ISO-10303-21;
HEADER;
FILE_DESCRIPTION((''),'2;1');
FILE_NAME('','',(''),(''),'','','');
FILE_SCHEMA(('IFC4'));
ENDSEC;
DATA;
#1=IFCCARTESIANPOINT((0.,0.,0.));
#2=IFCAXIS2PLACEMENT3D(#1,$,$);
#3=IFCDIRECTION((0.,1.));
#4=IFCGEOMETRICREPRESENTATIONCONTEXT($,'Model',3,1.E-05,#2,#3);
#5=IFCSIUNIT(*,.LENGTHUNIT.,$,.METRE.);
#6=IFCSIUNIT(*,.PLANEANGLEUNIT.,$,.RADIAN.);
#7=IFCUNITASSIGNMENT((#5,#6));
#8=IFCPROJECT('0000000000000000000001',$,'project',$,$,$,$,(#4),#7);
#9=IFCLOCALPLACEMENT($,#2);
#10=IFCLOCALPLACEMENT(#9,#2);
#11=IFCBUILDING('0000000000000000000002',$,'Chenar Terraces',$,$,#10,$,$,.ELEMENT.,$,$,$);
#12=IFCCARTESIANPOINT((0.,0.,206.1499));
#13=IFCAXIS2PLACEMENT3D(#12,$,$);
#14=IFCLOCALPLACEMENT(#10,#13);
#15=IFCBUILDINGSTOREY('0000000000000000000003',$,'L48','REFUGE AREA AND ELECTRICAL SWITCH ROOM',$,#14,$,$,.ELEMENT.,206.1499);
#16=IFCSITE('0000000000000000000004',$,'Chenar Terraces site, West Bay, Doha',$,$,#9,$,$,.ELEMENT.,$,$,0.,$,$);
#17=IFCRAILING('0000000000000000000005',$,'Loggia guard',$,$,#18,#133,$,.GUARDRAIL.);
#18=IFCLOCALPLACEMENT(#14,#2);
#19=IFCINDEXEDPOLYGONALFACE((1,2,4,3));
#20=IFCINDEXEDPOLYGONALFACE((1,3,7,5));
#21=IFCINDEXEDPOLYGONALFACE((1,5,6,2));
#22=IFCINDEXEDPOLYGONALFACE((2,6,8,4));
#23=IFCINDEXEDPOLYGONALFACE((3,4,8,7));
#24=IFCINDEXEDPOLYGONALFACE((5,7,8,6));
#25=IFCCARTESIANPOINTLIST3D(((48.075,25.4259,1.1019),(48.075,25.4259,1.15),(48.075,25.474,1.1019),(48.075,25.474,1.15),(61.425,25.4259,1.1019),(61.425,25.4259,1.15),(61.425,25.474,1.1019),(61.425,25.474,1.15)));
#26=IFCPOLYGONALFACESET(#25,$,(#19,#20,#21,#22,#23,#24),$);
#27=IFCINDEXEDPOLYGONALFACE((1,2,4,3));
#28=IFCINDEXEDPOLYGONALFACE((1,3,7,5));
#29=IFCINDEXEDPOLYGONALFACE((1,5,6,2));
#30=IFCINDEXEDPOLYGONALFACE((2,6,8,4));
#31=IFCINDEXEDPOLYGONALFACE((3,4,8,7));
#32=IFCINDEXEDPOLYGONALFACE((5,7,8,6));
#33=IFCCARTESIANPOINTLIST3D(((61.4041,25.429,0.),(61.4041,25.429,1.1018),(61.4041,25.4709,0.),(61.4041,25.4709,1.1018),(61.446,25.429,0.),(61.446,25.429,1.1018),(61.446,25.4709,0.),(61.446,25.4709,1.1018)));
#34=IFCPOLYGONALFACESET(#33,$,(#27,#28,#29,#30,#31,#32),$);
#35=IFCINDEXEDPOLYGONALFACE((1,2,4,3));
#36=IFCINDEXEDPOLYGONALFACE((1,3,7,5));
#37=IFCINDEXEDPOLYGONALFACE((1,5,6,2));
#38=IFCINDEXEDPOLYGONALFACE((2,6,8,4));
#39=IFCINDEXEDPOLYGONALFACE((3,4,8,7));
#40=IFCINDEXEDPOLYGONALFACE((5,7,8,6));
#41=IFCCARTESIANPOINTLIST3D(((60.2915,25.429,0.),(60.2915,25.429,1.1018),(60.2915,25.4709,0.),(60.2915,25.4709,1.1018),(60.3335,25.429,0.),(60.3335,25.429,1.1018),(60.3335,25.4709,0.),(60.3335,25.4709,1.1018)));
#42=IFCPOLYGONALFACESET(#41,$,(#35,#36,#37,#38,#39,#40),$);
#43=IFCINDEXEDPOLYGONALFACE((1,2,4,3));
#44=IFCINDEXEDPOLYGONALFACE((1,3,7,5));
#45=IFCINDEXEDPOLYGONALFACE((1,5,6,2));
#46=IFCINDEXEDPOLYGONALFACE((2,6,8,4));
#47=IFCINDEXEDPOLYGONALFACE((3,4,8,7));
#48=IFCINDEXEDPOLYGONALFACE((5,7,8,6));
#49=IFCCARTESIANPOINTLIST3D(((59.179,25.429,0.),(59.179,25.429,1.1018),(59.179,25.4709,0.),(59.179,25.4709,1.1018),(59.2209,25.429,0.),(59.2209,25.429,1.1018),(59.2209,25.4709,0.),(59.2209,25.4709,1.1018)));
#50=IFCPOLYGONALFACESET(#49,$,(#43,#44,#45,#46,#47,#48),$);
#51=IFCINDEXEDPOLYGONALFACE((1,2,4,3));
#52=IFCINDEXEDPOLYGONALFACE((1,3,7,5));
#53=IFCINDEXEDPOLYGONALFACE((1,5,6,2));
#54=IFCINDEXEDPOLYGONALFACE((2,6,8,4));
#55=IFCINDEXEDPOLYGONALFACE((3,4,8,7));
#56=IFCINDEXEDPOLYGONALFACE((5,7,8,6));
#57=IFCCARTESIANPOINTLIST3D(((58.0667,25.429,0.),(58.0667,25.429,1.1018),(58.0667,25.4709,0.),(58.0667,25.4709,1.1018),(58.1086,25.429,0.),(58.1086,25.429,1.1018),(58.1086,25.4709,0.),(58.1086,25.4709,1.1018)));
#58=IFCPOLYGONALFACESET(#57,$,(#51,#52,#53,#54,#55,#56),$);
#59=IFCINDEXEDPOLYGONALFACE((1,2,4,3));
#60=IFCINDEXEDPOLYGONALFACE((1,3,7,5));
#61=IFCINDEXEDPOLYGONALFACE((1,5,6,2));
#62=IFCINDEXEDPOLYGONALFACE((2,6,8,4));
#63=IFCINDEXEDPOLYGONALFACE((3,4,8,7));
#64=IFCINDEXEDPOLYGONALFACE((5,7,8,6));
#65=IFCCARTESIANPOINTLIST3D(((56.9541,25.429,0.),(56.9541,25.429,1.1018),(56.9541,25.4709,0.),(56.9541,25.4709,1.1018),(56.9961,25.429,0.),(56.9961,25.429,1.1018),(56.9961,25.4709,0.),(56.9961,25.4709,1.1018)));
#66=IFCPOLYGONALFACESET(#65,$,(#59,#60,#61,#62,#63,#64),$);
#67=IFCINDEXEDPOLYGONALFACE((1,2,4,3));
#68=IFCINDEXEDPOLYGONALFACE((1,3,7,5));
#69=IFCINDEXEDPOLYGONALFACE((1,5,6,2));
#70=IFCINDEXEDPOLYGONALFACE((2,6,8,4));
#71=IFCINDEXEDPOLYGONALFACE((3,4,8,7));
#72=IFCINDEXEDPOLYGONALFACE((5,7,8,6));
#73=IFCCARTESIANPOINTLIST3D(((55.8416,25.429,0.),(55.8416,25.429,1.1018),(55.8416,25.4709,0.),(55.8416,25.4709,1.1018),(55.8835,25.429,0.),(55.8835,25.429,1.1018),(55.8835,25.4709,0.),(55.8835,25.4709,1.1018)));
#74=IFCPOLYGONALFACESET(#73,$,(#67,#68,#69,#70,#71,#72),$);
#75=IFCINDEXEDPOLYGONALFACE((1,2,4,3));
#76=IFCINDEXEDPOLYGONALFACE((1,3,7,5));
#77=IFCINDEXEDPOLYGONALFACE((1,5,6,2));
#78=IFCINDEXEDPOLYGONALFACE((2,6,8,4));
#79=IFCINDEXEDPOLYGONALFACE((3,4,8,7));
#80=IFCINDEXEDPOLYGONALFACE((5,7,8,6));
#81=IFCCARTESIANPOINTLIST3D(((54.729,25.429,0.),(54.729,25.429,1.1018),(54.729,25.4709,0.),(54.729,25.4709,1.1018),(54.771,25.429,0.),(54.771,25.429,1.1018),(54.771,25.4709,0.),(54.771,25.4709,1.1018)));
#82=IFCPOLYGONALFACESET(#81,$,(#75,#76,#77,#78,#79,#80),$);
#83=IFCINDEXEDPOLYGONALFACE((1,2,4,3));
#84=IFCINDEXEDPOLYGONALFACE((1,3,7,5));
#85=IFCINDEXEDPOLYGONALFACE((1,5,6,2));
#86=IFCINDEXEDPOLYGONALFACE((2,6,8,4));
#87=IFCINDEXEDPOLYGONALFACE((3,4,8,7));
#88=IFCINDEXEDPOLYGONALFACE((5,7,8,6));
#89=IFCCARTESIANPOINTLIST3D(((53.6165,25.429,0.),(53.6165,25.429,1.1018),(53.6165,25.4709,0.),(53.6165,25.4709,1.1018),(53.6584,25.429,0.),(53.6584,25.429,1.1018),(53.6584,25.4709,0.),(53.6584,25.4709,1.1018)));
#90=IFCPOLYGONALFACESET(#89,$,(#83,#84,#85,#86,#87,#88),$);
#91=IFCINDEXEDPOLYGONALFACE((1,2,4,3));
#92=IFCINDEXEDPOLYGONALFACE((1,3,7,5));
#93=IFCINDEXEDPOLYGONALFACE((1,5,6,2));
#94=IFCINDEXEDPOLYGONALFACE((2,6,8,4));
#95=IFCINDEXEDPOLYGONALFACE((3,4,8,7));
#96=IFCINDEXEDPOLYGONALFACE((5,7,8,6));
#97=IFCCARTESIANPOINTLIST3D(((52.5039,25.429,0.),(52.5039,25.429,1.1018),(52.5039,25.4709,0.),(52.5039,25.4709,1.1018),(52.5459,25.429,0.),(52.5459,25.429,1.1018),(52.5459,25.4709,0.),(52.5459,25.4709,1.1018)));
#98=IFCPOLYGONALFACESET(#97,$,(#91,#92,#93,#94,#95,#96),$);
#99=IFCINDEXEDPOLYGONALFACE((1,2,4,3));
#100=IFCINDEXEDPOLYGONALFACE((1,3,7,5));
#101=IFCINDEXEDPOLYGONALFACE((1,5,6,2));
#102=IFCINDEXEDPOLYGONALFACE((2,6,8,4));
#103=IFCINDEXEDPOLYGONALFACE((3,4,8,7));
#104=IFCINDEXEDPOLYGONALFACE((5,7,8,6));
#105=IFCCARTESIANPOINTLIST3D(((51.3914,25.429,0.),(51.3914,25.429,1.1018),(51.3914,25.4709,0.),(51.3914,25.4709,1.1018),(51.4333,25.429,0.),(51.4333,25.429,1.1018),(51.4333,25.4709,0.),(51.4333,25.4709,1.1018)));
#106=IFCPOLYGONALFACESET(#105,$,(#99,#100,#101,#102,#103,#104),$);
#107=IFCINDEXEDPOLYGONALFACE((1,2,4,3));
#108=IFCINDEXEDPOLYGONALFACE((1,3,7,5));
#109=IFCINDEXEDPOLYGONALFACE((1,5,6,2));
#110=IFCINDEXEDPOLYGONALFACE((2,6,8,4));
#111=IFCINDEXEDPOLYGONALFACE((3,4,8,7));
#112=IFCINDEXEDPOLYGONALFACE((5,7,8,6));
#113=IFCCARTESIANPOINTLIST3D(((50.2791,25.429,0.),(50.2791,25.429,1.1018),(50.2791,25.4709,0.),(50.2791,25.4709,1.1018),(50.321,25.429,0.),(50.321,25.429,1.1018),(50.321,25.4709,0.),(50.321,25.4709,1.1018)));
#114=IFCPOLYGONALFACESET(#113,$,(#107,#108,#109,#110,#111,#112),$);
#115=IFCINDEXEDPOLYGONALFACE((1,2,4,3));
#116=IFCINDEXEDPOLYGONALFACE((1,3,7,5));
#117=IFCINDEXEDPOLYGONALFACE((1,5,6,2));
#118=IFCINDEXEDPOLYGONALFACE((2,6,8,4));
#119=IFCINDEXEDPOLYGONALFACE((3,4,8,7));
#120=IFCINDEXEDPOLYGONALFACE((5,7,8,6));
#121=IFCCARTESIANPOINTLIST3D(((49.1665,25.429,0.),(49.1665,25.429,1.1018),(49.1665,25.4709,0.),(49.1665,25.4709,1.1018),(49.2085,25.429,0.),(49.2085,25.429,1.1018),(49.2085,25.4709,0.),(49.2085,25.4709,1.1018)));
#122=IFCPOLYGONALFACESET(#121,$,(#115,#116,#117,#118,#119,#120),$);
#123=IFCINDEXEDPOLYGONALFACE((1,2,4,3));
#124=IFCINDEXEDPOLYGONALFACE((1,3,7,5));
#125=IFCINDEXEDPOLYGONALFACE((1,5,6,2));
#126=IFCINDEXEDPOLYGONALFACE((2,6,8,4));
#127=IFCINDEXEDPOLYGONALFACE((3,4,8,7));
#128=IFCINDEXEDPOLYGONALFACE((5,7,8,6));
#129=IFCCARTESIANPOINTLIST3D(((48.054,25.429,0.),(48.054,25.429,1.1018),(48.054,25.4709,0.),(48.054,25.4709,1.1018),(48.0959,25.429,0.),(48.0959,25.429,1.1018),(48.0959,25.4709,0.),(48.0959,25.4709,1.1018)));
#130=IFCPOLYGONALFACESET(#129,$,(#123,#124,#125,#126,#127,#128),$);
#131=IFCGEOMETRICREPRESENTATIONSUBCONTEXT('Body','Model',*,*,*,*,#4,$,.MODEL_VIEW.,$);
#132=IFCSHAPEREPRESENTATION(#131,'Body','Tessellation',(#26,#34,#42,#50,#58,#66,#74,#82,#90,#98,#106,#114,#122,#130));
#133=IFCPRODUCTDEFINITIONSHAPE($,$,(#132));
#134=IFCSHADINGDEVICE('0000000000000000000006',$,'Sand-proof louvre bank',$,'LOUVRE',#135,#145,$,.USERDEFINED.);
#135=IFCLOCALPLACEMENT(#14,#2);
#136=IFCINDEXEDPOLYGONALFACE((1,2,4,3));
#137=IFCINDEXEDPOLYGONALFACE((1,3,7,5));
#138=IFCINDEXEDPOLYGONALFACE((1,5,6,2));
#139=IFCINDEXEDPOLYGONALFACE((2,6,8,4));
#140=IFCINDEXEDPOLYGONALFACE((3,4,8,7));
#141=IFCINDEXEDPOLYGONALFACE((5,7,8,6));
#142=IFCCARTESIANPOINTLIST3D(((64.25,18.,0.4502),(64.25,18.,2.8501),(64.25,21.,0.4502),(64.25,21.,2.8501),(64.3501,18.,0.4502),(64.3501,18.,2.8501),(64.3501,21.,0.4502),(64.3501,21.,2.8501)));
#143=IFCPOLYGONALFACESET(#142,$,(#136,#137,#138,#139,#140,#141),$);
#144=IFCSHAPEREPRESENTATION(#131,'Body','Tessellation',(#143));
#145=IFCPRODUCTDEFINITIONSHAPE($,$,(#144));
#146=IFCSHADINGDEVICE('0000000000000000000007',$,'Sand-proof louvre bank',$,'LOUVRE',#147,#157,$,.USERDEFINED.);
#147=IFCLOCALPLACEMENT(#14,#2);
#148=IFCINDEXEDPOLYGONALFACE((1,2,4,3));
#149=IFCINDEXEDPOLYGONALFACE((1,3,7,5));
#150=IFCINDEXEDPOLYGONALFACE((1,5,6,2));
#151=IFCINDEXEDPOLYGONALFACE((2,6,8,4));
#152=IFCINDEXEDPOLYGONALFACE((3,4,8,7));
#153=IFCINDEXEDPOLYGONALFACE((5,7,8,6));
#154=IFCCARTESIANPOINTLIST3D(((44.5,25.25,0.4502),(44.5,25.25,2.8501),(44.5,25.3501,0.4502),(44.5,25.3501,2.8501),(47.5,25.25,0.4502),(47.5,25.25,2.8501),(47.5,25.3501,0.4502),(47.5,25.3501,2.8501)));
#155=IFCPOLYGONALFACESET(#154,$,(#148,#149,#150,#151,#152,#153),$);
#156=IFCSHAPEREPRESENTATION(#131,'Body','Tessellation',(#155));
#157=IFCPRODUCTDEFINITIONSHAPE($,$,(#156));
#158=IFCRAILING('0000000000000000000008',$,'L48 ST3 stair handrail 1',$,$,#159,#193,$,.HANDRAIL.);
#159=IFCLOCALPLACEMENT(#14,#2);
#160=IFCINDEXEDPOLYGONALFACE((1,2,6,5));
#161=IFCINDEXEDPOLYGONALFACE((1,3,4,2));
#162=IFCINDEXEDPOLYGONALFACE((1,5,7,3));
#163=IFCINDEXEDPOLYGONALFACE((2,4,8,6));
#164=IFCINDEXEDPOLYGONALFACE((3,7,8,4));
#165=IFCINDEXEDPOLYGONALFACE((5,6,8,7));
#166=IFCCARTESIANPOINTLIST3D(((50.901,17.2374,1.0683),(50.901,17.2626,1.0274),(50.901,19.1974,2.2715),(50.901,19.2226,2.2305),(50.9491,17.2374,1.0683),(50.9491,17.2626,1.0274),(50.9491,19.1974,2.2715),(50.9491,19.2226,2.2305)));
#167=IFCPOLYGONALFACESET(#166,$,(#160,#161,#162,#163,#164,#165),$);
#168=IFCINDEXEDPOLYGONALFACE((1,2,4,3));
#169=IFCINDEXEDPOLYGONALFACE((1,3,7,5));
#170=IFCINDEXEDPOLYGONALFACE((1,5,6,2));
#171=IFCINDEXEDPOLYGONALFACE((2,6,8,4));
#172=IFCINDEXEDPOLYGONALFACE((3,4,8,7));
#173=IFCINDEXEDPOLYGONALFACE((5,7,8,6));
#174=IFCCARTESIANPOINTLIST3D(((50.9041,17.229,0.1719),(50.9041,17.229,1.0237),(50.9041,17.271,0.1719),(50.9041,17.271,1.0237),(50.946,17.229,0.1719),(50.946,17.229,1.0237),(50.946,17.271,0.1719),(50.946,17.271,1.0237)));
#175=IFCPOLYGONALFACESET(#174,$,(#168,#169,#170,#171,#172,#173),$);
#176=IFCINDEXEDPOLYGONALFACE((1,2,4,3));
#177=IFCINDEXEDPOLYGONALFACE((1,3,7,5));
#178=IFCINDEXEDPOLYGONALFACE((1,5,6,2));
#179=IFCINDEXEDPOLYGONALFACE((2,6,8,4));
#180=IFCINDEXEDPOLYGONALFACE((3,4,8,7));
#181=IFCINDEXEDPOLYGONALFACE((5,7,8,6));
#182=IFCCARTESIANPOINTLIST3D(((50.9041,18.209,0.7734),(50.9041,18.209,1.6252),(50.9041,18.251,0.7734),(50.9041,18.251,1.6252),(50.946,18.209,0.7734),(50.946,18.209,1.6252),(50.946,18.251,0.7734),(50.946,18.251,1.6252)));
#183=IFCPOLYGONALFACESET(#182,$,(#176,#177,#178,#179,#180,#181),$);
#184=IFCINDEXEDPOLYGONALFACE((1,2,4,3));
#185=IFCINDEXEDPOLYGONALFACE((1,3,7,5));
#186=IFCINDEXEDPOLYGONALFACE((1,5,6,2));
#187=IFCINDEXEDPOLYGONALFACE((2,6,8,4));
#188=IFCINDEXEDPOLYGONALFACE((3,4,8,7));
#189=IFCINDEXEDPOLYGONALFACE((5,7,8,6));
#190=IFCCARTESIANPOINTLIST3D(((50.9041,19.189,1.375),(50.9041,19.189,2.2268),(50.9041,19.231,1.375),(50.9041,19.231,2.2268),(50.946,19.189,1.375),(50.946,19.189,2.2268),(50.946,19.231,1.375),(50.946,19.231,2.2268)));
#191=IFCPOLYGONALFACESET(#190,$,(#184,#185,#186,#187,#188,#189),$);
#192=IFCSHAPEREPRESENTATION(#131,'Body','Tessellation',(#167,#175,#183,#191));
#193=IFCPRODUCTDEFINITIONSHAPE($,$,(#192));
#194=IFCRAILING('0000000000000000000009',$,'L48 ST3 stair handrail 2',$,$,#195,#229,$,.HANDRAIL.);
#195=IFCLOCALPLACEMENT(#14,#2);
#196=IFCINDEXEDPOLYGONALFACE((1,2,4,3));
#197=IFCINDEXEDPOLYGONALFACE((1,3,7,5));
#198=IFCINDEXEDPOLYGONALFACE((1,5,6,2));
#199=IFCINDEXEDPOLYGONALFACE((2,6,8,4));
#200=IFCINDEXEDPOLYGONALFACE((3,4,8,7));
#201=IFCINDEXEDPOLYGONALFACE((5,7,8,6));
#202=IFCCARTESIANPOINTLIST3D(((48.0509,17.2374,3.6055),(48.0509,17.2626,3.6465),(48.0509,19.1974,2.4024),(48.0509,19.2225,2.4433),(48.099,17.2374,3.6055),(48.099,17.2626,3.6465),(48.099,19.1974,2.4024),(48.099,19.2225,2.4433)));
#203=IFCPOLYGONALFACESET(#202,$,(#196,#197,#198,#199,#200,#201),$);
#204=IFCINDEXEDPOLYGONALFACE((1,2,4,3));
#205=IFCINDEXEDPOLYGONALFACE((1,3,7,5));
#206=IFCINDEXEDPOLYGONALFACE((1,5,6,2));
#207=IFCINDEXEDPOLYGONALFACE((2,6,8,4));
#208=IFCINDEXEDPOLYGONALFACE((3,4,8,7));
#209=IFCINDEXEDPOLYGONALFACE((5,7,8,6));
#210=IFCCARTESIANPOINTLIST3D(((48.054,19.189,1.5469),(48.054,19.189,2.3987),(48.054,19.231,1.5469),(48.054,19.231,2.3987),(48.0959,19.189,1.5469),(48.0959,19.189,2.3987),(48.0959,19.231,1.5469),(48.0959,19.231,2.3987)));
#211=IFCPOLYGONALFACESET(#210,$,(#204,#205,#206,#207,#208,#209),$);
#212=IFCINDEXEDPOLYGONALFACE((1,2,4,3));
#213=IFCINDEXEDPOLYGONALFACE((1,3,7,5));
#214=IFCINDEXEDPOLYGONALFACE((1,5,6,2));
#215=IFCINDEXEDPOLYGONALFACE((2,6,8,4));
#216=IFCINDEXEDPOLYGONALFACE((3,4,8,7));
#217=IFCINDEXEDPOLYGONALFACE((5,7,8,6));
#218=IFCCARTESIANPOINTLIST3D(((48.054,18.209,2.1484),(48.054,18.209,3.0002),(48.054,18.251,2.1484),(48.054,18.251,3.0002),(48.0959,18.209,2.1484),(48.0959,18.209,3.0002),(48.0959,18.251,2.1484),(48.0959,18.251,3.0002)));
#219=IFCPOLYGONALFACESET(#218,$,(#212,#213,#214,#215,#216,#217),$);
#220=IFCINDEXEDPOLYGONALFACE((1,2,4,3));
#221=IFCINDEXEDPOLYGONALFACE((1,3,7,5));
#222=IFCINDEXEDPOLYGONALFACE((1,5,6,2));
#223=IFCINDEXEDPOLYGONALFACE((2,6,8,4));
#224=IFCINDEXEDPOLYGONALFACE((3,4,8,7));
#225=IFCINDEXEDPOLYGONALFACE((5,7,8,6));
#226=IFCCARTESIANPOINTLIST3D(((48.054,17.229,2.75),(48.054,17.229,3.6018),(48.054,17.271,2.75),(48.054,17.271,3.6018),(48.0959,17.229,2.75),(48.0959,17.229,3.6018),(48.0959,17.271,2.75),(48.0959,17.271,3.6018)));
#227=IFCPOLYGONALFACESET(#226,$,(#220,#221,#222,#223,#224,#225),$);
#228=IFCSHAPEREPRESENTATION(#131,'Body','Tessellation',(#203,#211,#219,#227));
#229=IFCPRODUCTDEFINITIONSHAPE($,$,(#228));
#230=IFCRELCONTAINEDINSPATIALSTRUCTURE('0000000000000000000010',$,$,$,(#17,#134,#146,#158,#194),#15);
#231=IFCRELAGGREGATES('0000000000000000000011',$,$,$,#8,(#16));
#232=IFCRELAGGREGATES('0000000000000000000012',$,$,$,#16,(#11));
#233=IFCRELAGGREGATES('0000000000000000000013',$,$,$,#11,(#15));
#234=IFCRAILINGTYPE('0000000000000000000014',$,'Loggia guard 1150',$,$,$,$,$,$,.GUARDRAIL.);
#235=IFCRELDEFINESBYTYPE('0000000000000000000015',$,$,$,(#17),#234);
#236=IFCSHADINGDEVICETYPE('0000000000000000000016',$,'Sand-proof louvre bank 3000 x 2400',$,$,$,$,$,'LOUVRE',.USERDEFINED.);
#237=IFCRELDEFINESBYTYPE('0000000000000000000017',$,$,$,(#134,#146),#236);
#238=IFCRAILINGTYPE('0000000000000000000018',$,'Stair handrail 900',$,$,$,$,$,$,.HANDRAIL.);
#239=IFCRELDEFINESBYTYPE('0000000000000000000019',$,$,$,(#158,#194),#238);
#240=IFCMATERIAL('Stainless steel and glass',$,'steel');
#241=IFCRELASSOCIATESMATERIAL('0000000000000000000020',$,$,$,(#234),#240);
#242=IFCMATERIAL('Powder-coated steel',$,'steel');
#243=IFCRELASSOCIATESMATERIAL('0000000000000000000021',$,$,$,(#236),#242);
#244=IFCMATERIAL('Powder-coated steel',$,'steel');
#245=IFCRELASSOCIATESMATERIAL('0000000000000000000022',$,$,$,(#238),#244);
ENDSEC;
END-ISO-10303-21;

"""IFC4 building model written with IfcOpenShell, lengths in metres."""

from ifc_helpers import new_model, si_unit, direction, frame, origin, origin_2d, place, context, subcontext, project, spatial, rectangle, extrude, material, type_object, element, save


model = new_model("IFC4")

# Units and contexts
model_context = context("Model", 3, precision=1e-05, world=origin(), true_north=direction((0.0, 1.0)))
body_context = subcontext(model_context, "Body", "Model", "MODEL_VIEW")
ifc_project = project(units=[si_unit("LENGTHUNIT", "METRE"), si_unit("PLANEANGLEUNIT", "RADIAN")], contexts=[model_context])

# Site, building, storey
site_placement = place(None, origin())
site = spatial("IfcSite", under=ifc_project, at=site_placement, Name="Chenar Terraces site, West Bay, Doha", CompositionType="ELEMENT", RefElevation=0.0)
building_placement = place(site_placement, origin())
building = spatial("IfcBuilding", under=site, at=building_placement, Name="Chenar Terraces", CompositionType="ELEMENT")
storey_placement = place(building_placement, frame((0.0, 0.0, 206.1499)))
storey = spatial("IfcBuildingStorey", under=building, at=storey_placement, Name="L48", Description="REFUGE AREA AND ELECTRICAL SWITCH ROOM", CompositionType="ELEMENT", Elevation=206.1499)

# Railing
ifc_material_1 = material(Name="Stainless steel and glass", Category="steel")
railing_type_1 = type_object("IfcRailingType", Name="Loggia guard 1150", PredefinedType="GUARDRAIL", material=ifc_material_1)
railing_1_placement = place(storey_placement, frame((61.425, 25.45, 0.0)))
element("IfcRailing", 1, at=railing_1_placement, inside=storey, type_object=railing_type_1, Name="Loggia guard", PredefinedType="GUARDRAIL", context=body_context, shape_type="SweptSolid", body=[
    extrude(rectangle(XDim=0.0481, YDim=0.0481, at=origin_2d()), frame((0.0, 0.0, 1.126), z_axis=(-1.0, 0.0, 0.0), x_axis=(0.0, -1.0, 0.0)), (0.0, 0.0, 1.0), 13.3501),
    extrude(rectangle(XDim=0.042, YDim=0.042, at=origin_2d()), origin(), (0.0, 0.0, 1.0), 1.1018),
    extrude(rectangle(XDim=0.042, YDim=0.042, at=origin_2d()), frame((-1.1125, 0.0, 0.0)), (0.0, 0.0, 1.0), 1.1018),
    extrude(rectangle(XDim=0.042, YDim=0.042, at=origin_2d()), frame((-2.2251, 0.0, 0.0)), (0.0, 0.0, 1.0), 1.1018),
    extrude(rectangle(XDim=0.042, YDim=0.042, at=origin_2d()), frame((-3.3374, 0.0, 0.0)), (0.0, 0.0, 1.0), 1.1018),
    extrude(rectangle(XDim=0.042, YDim=0.042, at=origin_2d()), frame((-4.45, 0.0, 0.0)), (0.0, 0.0, 1.0), 1.1018),
    extrude(rectangle(XDim=0.042, YDim=0.042, at=origin_2d()), frame((-5.5625, 0.0, 0.0)), (0.0, 0.0, 1.0), 1.1018),
    extrude(rectangle(XDim=0.042, YDim=0.042, at=origin_2d()), frame((-6.675, 0.0, 0.0)), (0.0, 0.0, 1.0), 1.1018),
    extrude(rectangle(XDim=0.042, YDim=0.042, at=origin_2d()), frame((-7.7876, 0.0, 0.0)), (0.0, 0.0, 1.0), 1.1018),
    extrude(rectangle(XDim=0.042, YDim=0.042, at=origin_2d()), frame((-8.9001, 0.0, 0.0)), (0.0, 0.0, 1.0), 1.1018),
    extrude(rectangle(XDim=0.042, YDim=0.042, at=origin_2d()), frame((-10.0127, 0.0, 0.0)), (0.0, 0.0, 1.0), 1.1018),
    extrude(rectangle(XDim=0.042, YDim=0.042, at=origin_2d()), frame((-11.125, 0.0, 0.0)), (0.0, 0.0, 1.0), 1.1018),
    extrude(rectangle(XDim=0.042, YDim=0.042, at=origin_2d()), frame((-12.2375, 0.0, 0.0)), (0.0, 0.0, 1.0), 1.1018),
    extrude(rectangle(XDim=0.042, YDim=0.042, at=origin_2d()), frame((-13.3501, 0.0, 0.0)), (0.0, 0.0, 1.0), 1.1018),
])

# Shading devices
ifc_material_2 = material(Name="Powder-coated steel", Category="steel")
shading_device_type = type_object("IfcShadingDeviceType", Name="Sand-proof louvre bank 3000 x 2400", ElementType="LOUVRE", PredefinedType="USERDEFINED", material=ifc_material_2)
for number, where, z_axis, x_axis, name in (
    (2, (64.3, 19.5, 0.4502), (0.0, 0.0, 1.0), (0.0, 1.0, 0.0), "Sand-proof louvre bank"),
    (3, (46.0, 25.3, 0.4502), (0.0, 0.0, 1.0), (-1.0, 0.0, 0.0), "Sand-proof louvre bank"),
):
    element("IfcShadingDevice", number, at=place(storey_placement, frame(where, z_axis=z_axis, x_axis=x_axis)), inside=storey, type_object=shading_device_type, Name=name, ObjectType="LOUVRE", PredefinedType="USERDEFINED", context=body_context, shape_type="SweptSolid", body=[
        extrude(rectangle(XDim=3.0, YDim=0.1001, at=origin_2d()), origin(), (0.0, 0.0, 1.0), 2.3999),
    ])

# Railings
ifc_material_3 = material(Name="Powder-coated steel", Category="steel")
railing_type_2 = type_object("IfcRailingType", Name="Stair handrail 900", PredefinedType="HANDRAIL", material=ifc_material_3)
railing_2_placement = place(storey_placement, frame((50.925, 17.25, 0.1719)))
element("IfcRailing", 4, at=railing_2_placement, inside=storey, type_object=railing_type_2, Name="L48 ST3 stair handrail 1", PredefinedType="HANDRAIL", context=body_context, shape_type="SweptSolid", body=[
    extrude(rectangle(XDim=0.0481, YDim=0.0481, at=origin_2d()), frame((0.0, 0.0, 0.876), z_axis=(0.0, 0.852241, 0.523149), x_axis=(-1.0, 0.0, 0.0)), (0.0, 0.0, 1.0), 2.2998),
    extrude(rectangle(XDim=0.042, YDim=0.042, at=origin_2d()), origin(), (0.0, 0.0, 1.0), 0.8518),
    extrude(rectangle(XDim=0.042, YDim=0.042, at=origin_2d()), frame((0.0, 0.98, 0.6016)), (0.0, 0.0, 1.0), 0.8518),
    extrude(rectangle(XDim=0.042, YDim=0.042, at=origin_2d()), frame((0.0, 1.96, 1.2031)), (0.0, 0.0, 1.0), 0.8518),
])
railing_3_placement = place(storey_placement, frame((48.075, 19.21, 1.5469)))
element("IfcRailing", 5, at=railing_3_placement, inside=storey, type_object=railing_type_2, Name="L48 ST3 stair handrail 2", PredefinedType="HANDRAIL", context=body_context, shape_type="SweptSolid", body=[
    extrude(rectangle(XDim=0.0481, YDim=0.0481, at=origin_2d()), frame((0.0, 0.0, 0.876), z_axis=(0.0, -0.852241, 0.523149), x_axis=(1.0, 0.0, 0.0)), (0.0, 0.0, 1.0), 2.2998),
    extrude(rectangle(XDim=0.042, YDim=0.042, at=origin_2d()), origin(), (0.0, 0.0, 1.0), 0.8518),
    extrude(rectangle(XDim=0.042, YDim=0.042, at=origin_2d()), frame((0.0, -0.98, 0.6016)), (0.0, 0.0, 1.0), 0.8518),
    extrude(rectangle(XDim=0.042, YDim=0.042, at=origin_2d()), frame((0.0, -1.96, 1.2031)), (0.0, 0.0, 1.0), 0.8518),
])

save(model, "model.ifc")
